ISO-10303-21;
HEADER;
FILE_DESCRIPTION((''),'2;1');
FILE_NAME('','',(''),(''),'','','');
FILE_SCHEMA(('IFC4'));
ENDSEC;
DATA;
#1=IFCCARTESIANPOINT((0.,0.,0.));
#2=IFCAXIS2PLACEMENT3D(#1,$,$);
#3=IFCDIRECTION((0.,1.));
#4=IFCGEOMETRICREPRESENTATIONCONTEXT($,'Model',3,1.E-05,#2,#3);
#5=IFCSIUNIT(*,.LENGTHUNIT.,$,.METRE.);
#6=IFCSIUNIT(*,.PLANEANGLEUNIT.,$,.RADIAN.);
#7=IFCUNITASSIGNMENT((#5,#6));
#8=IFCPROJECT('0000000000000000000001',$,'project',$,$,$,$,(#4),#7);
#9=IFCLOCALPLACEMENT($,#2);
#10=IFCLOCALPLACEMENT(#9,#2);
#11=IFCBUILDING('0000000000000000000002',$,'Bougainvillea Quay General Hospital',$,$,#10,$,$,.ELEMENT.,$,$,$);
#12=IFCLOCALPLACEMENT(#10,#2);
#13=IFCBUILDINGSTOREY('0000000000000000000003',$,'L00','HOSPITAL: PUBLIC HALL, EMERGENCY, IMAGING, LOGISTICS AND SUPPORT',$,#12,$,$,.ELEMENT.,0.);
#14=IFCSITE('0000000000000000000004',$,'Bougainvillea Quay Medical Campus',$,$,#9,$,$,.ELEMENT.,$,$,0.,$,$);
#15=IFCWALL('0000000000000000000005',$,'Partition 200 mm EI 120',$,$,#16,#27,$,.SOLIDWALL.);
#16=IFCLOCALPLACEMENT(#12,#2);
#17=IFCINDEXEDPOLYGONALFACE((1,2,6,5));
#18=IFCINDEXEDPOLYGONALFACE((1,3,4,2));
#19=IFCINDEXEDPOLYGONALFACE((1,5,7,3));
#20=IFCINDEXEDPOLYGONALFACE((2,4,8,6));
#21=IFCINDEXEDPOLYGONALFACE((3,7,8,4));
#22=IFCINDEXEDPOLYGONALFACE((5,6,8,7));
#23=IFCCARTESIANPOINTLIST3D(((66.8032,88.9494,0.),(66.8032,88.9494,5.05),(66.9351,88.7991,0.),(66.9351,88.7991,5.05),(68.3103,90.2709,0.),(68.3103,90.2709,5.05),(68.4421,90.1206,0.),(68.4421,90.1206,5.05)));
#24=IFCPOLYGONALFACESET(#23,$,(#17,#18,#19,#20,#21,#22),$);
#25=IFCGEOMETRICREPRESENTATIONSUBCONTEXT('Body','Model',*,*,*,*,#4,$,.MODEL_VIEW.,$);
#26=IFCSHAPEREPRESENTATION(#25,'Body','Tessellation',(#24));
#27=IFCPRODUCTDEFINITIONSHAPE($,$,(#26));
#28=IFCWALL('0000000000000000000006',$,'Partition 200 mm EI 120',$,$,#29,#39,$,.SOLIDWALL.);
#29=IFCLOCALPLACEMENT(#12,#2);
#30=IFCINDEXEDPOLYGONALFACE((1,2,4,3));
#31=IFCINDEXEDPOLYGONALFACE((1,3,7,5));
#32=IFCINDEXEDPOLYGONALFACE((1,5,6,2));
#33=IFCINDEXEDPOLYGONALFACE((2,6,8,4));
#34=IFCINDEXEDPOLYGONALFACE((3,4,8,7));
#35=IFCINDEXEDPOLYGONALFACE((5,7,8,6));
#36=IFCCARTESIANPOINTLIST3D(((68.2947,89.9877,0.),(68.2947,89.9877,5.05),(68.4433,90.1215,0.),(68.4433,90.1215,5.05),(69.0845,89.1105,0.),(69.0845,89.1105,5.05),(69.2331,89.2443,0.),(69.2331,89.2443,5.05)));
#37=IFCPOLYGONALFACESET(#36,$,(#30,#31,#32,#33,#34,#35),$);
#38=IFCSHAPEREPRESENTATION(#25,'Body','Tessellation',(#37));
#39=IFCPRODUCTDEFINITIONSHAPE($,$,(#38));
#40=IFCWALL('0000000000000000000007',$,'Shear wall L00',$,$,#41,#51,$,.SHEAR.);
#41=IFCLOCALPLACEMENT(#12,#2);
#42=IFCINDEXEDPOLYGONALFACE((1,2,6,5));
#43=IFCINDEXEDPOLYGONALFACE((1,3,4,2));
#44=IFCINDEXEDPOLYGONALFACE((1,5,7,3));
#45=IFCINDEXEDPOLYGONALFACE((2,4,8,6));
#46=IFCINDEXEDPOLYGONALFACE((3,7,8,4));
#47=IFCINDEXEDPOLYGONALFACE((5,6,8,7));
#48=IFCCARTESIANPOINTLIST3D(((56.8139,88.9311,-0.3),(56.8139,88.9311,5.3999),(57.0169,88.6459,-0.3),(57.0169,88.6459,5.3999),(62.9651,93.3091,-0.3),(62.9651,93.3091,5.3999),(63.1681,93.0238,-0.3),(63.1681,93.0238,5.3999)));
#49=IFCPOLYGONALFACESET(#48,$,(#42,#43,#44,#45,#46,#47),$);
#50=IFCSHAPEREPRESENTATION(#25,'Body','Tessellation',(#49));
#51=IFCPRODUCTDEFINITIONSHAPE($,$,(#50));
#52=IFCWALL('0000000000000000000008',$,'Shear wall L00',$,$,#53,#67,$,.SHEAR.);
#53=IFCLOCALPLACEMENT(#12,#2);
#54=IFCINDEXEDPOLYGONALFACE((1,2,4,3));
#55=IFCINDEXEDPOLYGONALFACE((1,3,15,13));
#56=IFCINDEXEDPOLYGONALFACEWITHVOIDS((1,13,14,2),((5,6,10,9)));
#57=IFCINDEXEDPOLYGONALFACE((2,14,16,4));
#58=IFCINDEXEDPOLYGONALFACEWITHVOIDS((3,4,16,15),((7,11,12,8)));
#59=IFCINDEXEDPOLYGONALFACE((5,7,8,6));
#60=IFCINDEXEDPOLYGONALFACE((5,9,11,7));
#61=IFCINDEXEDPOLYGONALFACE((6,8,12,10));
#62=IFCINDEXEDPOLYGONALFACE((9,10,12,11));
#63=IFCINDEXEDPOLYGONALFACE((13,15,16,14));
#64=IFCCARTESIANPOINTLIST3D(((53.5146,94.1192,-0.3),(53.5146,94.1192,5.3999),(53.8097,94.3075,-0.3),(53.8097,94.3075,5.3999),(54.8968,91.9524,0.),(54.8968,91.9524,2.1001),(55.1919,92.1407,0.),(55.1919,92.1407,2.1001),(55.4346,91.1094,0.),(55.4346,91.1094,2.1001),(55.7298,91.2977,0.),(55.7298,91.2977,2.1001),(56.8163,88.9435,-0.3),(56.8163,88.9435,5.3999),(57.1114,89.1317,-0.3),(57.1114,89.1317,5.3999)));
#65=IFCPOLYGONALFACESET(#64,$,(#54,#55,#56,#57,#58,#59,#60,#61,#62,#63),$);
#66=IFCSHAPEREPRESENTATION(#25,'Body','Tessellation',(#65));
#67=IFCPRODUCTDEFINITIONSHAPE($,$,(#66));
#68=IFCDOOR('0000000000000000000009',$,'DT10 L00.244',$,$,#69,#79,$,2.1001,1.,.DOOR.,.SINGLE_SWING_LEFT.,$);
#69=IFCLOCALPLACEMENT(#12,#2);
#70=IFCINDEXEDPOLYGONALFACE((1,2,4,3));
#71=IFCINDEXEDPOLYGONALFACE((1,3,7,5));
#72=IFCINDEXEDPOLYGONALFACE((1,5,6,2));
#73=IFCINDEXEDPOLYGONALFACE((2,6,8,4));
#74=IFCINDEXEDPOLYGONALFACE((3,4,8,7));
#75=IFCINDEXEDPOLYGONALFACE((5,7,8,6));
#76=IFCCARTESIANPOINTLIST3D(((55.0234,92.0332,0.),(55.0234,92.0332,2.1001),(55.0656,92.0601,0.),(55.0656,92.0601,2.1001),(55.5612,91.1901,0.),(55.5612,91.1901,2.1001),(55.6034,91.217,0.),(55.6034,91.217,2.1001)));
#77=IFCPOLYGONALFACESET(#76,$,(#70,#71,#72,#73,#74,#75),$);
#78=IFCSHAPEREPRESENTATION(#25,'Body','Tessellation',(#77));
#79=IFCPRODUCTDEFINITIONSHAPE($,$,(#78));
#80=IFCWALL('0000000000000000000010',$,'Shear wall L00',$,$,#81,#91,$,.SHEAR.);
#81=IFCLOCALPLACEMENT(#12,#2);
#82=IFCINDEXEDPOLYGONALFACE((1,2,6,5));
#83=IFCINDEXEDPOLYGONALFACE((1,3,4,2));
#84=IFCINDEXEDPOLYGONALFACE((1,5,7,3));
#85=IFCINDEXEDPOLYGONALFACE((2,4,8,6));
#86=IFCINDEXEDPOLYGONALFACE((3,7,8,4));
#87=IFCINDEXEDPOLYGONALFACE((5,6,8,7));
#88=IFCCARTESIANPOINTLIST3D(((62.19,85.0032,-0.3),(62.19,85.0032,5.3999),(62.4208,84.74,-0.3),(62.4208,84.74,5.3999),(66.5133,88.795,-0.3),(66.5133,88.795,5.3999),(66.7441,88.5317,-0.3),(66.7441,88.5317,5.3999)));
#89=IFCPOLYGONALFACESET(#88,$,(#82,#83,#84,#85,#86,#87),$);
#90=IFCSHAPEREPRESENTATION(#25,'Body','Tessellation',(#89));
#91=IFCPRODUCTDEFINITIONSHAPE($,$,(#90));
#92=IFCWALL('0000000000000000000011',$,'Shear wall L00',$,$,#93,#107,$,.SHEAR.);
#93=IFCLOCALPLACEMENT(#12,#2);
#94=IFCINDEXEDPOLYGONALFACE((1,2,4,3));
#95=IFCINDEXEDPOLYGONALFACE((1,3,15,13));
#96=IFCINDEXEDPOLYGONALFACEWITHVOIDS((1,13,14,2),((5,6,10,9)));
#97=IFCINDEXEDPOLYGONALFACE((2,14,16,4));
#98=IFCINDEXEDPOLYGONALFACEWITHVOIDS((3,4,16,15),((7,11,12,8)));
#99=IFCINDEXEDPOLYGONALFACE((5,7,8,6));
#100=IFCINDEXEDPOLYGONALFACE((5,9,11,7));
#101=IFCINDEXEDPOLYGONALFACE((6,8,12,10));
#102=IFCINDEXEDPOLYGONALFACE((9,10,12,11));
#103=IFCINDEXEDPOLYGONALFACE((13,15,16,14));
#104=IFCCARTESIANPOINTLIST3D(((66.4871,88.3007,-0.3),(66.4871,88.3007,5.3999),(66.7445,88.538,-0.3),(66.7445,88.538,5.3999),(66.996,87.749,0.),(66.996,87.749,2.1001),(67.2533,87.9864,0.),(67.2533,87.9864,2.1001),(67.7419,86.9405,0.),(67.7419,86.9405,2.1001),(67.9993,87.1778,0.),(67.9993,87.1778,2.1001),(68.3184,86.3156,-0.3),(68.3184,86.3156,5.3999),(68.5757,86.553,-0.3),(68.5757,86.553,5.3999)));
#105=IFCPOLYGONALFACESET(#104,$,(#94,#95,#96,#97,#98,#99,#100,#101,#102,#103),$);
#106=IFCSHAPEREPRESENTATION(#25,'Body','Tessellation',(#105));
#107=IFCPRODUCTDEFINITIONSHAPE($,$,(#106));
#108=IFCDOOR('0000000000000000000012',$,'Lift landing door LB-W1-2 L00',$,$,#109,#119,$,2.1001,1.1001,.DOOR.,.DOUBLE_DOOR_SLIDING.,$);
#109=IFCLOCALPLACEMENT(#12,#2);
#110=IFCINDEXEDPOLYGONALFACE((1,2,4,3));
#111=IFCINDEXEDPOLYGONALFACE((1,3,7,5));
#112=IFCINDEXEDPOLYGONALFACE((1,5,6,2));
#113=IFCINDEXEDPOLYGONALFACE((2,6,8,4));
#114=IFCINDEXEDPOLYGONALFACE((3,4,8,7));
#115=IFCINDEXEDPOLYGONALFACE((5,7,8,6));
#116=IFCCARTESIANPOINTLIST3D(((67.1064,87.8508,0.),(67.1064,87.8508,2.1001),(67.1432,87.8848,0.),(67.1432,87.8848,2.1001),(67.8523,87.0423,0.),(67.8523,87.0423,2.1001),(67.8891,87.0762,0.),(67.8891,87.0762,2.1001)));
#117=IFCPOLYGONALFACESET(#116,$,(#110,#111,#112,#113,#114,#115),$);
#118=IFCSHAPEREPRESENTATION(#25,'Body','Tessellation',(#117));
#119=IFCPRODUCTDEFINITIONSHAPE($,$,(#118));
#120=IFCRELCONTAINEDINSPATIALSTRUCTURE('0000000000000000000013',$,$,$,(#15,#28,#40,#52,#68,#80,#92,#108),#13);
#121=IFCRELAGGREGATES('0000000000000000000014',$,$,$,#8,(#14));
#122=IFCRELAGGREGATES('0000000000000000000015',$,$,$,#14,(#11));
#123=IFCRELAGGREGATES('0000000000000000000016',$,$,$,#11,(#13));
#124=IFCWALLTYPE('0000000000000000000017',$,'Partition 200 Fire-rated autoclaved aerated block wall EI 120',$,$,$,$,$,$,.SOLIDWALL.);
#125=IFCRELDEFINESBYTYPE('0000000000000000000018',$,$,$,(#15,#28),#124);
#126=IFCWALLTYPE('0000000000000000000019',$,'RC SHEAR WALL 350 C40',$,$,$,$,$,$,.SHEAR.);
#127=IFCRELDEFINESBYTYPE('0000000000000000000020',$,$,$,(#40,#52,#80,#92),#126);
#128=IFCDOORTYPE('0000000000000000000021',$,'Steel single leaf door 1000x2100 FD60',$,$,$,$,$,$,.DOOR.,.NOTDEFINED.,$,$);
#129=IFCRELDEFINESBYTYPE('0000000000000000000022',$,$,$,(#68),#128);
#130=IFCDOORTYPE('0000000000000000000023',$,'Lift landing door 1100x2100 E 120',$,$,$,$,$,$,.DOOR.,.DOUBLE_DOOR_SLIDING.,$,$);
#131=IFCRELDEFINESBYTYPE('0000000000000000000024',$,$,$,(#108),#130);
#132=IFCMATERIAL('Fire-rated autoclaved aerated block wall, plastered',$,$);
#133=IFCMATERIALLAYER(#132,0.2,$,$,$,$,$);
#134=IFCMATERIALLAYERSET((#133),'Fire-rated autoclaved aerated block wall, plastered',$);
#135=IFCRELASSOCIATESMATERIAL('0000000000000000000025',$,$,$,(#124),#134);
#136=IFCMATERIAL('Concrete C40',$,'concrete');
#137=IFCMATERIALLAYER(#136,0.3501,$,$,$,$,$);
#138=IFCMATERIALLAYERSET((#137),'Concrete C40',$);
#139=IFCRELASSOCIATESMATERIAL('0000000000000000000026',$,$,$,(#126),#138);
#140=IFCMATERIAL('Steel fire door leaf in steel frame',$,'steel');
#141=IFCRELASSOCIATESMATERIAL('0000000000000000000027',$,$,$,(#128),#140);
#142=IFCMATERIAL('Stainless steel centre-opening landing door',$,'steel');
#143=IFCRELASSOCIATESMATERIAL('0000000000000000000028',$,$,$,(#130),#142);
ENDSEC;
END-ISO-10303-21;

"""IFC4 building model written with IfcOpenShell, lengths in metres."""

from ifc_helpers import new_model, si_unit, direction, frame, frame_2d, origin, place, context, subcontext, project, spatial, rectangle, extrude, material, layer, layer_set, type_object, element, fill, save


model = new_model("IFC4")

# Units and contexts
model_context = context("Model", 3, precision=1e-05, world=origin(), true_north=direction((0.0, 1.0)))
body_context = subcontext(model_context, "Body", "Model", "MODEL_VIEW")
ifc_project = project(units=[si_unit("LENGTHUNIT", "METRE"), si_unit("PLANEANGLEUNIT", "RADIAN")], contexts=[model_context])

# Site, building, storey
site_placement = place(None, origin())
site = spatial("IfcSite", under=ifc_project, at=site_placement, Name="Bougainvillea Quay Medical Campus", CompositionType="ELEMENT", RefElevation=0.0)
building_placement = place(site_placement, origin())
building = spatial("IfcBuilding", under=site, at=building_placement, Name="Bougainvillea Quay General Hospital", CompositionType="ELEMENT")
storey_placement = place(building_placement, origin())
storey = spatial("IfcBuildingStorey", under=building, at=storey_placement, Name="L00", Description="HOSPITAL: PUBLIC HALL, EMERGENCY, IMAGING, LOGISTICS AND SUPPORT", CompositionType="ELEMENT", Elevation=0.0)

# Shared definitions
ifc_material_1 = material(Name="Concrete C40", Category="concrete")

# Walls
ifc_material_2 = material(Name="Fire-rated autoclaved aerated block wall, plastered")
ifc_layer_1 = layer(ifc_material_2, 0.2)
ifc_layer_set_1 = layer_set([ifc_layer_1], Name="Fire-rated autoclaved aerated block wall, plastered")
wall_type_1 = type_object("IfcWallType", Name="Partition 200 Fire-rated autoclaved aerated block wall EI 120", PredefinedType="SOLIDWALL", material=ifc_layer_set_1)
wall_1_placement = place(storey_placement, frame((66.8691, 88.8743, 0.0), z_axis=(0.0, 0.0, 1.0), x_axis=(0.751875, 0.659306, 0.0)))
element("IfcWall", 1, at=wall_1_placement, inside=storey, type_object=wall_type_1, Name="Partition 200 mm EI 120", PredefinedType="SOLIDWALL", context=body_context, shape_type="SweptSolid", body=[
    extrude(rectangle(XDim=2.0044, YDim=0.2, at=frame_2d((1.0022, 0.0))), origin(), (0.0, 0.0, 1.0), 5.05),
])
wall_2_placement = place(storey_placement, frame((68.3689, 90.0547, 0.0), z_axis=(0.0, 0.0, 1.0), x_axis=(0.669113, -0.74316, 0.0)))
element("IfcWall", 2, at=wall_2_placement, inside=storey, type_object=wall_type_1, Name="Partition 200 mm EI 120", PredefinedType="SOLIDWALL", context=body_context, shape_type="SweptSolid", body=[
    extrude(rectangle(XDim=1.1804, YDim=0.2, at=frame_2d((0.5903, 0.0))), origin(), (0.0, 0.0, 1.0), 5.05),
])
ifc_layer_2 = layer(ifc_material_1, 0.3501)
ifc_layer_set_2 = layer_set([ifc_layer_2], Name="Concrete C40")
wall_type_2 = type_object("IfcWallType", Name="RC SHEAR WALL 350 C40", PredefinedType="SHEAR", material=ifc_layer_set_2)
wall_3_placement = place(storey_placement, frame((56.9155, 88.7886, -0.3), z_axis=(0.0, 0.0, 1.0), x_axis=(0.814718, 0.579858, 0.0)))
element("IfcWall", 3, at=wall_3_placement, inside=storey, type_object=wall_type_2, Name="Shear wall L00", PredefinedType="SHEAR", context=body_context, shape_type="SweptSolid", body=[
    extrude(rectangle(XDim=7.55, YDim=0.3501, at=frame_2d((3.7749, 0.0))), origin(), (0.0, 0.0, 1.0), 5.7),
])

# Wall, opening, door
wall_4_placement = place(storey_placement, frame((56.9639, 89.0376, -0.3), z_axis=(0.0, 0.0, 1.0), x_axis=(-0.537812, 0.843065, 0.0)))
wall_4 = element("IfcWall", 4, at=wall_4_placement, inside=storey, type_object=wall_type_2, Name="Shear wall L00", PredefinedType="SHEAR", context=body_context, shape_type="SweptSolid", body=[
    extrude(rectangle(XDim=6.1392, YDim=0.3501, at=frame_2d((3.0696, 0.0))), origin(), (0.0, 0.0, 1.0), 5.7),
])
opening_1_placement = place(wall_4_placement, frame((2.5691, 0.0, 0.3)))
opening_1 = element("IfcOpeningElement", 5, at=opening_1_placement, cuts=wall_4, PredefinedType="OPENING", context=body_context, shape_type="SweptSolid", body=[
    extrude(rectangle(XDim=1.0, YDim=2.1001, at=frame_2d((0.5, 1.05))), frame((0.0, 0.1851, 0.0), z_axis=(0.0, -1.0, 0.0), x_axis=(1.0, 0.0, 0.0)), (0.0, 0.0, 1.0), 0.3701),
])
ifc_material_3 = material(Name="Steel fire door leaf in steel frame", Category="steel")
door_type_1 = type_object("IfcDoorType", Name="Steel single leaf door 1000x2100 FD60", OperationType="NOTDEFINED", PredefinedType="DOOR", material=ifc_material_3)
door_1_placement = place(opening_1_placement, origin())
door_1 = element("IfcDoor", 6, at=door_1_placement, inside=storey, type_object=door_type_1, Name="DT10 L00.244", OperationType="SINGLE_SWING_LEFT", OverallHeight=2.1001, OverallWidth=1.0, PredefinedType="DOOR", context=body_context, shape_type="SweptSolid", body=[
    extrude(rectangle(XDim=1.0, YDim=2.1001, at=frame_2d((0.5, 1.05))), frame((0.0, 0.0249, 0.0), z_axis=(0.0, -1.0, 0.0), x_axis=(1.0, 0.0, 0.0)), (0.0, 0.0, 1.0), 0.05),
])
fill(opening_1, door_1)

# Wall
wall_5_placement = place(storey_placement, frame((62.3054, 84.8716, -0.3), z_axis=(0.0, 0.0, 1.0), x_axis=(0.751808, 0.659382, 0.0)))
element("IfcWall", 7, at=wall_5_placement, inside=storey, type_object=wall_type_2, Name="Shear wall L00", PredefinedType="SHEAR", context=body_context, shape_type="SweptSolid", body=[
    extrude(rectangle(XDim=5.7505, YDim=0.3501, at=frame_2d((2.8752, 0.0))), origin(), (0.0, 0.0, 1.0), 5.7),
])

# Wall, opening, door
wall_6_placement = place(storey_placement, frame((68.447, 86.4343, -0.3), z_axis=(0.0, 0.0, 1.0), x_axis=(-0.678059, 0.735008, 0.0)))
wall_6 = element("IfcWall", 8, at=wall_6_placement, inside=storey, type_object=wall_type_2, Name="Shear wall L00", PredefinedType="SHEAR", context=body_context, shape_type="SweptSolid", body=[
    extrude(rectangle(XDim=2.7007, YDim=0.3501, at=frame_2d((1.3503, 0.0))), origin(), (0.0, 0.0, 1.0), 5.7),
])
opening_2_placement = place(wall_6_placement, frame((0.8501, 0.0, 0.3)))
opening_2 = element("IfcOpeningElement", 9, at=opening_2_placement, cuts=wall_6, PredefinedType="OPENING", context=body_context, shape_type="SweptSolid", body=[
    extrude(rectangle(XDim=1.1001, YDim=2.1001, at=frame_2d((0.55, 1.05))), frame((0.0, 0.1851, 0.0), z_axis=(0.0, -1.0, 0.0), x_axis=(1.0, 0.0, 0.0)), (0.0, 0.0, 1.0), 0.3701),
])
ifc_material_4 = material(Name="Stainless steel centre-opening landing door", Category="steel")
door_type_2 = type_object("IfcDoorType", Name="Lift landing door 1100x2100 E 120", OperationType="DOUBLE_DOOR_SLIDING", PredefinedType="DOOR", material=ifc_material_4)
door_2_placement = place(opening_2_placement, origin())
door_2 = element("IfcDoor", 10, at=door_2_placement, inside=storey, type_object=door_type_2, Name="Lift landing door LB-W1-2 L00", OperationType="DOUBLE_DOOR_SLIDING", OverallHeight=2.1001, OverallWidth=1.1001, PredefinedType="DOOR", context=body_context, shape_type="SweptSolid", body=[
    extrude(rectangle(XDim=1.1001, YDim=2.1001, at=frame_2d((0.55, 1.05))), frame((0.0, 0.0249, 0.0), z_axis=(0.0, -1.0, 0.0), x_axis=(1.0, 0.0, 0.0)), (0.0, 0.0, 1.0), 0.05),
])
fill(opening_2, door_2)

save(model, "model.ifc")
